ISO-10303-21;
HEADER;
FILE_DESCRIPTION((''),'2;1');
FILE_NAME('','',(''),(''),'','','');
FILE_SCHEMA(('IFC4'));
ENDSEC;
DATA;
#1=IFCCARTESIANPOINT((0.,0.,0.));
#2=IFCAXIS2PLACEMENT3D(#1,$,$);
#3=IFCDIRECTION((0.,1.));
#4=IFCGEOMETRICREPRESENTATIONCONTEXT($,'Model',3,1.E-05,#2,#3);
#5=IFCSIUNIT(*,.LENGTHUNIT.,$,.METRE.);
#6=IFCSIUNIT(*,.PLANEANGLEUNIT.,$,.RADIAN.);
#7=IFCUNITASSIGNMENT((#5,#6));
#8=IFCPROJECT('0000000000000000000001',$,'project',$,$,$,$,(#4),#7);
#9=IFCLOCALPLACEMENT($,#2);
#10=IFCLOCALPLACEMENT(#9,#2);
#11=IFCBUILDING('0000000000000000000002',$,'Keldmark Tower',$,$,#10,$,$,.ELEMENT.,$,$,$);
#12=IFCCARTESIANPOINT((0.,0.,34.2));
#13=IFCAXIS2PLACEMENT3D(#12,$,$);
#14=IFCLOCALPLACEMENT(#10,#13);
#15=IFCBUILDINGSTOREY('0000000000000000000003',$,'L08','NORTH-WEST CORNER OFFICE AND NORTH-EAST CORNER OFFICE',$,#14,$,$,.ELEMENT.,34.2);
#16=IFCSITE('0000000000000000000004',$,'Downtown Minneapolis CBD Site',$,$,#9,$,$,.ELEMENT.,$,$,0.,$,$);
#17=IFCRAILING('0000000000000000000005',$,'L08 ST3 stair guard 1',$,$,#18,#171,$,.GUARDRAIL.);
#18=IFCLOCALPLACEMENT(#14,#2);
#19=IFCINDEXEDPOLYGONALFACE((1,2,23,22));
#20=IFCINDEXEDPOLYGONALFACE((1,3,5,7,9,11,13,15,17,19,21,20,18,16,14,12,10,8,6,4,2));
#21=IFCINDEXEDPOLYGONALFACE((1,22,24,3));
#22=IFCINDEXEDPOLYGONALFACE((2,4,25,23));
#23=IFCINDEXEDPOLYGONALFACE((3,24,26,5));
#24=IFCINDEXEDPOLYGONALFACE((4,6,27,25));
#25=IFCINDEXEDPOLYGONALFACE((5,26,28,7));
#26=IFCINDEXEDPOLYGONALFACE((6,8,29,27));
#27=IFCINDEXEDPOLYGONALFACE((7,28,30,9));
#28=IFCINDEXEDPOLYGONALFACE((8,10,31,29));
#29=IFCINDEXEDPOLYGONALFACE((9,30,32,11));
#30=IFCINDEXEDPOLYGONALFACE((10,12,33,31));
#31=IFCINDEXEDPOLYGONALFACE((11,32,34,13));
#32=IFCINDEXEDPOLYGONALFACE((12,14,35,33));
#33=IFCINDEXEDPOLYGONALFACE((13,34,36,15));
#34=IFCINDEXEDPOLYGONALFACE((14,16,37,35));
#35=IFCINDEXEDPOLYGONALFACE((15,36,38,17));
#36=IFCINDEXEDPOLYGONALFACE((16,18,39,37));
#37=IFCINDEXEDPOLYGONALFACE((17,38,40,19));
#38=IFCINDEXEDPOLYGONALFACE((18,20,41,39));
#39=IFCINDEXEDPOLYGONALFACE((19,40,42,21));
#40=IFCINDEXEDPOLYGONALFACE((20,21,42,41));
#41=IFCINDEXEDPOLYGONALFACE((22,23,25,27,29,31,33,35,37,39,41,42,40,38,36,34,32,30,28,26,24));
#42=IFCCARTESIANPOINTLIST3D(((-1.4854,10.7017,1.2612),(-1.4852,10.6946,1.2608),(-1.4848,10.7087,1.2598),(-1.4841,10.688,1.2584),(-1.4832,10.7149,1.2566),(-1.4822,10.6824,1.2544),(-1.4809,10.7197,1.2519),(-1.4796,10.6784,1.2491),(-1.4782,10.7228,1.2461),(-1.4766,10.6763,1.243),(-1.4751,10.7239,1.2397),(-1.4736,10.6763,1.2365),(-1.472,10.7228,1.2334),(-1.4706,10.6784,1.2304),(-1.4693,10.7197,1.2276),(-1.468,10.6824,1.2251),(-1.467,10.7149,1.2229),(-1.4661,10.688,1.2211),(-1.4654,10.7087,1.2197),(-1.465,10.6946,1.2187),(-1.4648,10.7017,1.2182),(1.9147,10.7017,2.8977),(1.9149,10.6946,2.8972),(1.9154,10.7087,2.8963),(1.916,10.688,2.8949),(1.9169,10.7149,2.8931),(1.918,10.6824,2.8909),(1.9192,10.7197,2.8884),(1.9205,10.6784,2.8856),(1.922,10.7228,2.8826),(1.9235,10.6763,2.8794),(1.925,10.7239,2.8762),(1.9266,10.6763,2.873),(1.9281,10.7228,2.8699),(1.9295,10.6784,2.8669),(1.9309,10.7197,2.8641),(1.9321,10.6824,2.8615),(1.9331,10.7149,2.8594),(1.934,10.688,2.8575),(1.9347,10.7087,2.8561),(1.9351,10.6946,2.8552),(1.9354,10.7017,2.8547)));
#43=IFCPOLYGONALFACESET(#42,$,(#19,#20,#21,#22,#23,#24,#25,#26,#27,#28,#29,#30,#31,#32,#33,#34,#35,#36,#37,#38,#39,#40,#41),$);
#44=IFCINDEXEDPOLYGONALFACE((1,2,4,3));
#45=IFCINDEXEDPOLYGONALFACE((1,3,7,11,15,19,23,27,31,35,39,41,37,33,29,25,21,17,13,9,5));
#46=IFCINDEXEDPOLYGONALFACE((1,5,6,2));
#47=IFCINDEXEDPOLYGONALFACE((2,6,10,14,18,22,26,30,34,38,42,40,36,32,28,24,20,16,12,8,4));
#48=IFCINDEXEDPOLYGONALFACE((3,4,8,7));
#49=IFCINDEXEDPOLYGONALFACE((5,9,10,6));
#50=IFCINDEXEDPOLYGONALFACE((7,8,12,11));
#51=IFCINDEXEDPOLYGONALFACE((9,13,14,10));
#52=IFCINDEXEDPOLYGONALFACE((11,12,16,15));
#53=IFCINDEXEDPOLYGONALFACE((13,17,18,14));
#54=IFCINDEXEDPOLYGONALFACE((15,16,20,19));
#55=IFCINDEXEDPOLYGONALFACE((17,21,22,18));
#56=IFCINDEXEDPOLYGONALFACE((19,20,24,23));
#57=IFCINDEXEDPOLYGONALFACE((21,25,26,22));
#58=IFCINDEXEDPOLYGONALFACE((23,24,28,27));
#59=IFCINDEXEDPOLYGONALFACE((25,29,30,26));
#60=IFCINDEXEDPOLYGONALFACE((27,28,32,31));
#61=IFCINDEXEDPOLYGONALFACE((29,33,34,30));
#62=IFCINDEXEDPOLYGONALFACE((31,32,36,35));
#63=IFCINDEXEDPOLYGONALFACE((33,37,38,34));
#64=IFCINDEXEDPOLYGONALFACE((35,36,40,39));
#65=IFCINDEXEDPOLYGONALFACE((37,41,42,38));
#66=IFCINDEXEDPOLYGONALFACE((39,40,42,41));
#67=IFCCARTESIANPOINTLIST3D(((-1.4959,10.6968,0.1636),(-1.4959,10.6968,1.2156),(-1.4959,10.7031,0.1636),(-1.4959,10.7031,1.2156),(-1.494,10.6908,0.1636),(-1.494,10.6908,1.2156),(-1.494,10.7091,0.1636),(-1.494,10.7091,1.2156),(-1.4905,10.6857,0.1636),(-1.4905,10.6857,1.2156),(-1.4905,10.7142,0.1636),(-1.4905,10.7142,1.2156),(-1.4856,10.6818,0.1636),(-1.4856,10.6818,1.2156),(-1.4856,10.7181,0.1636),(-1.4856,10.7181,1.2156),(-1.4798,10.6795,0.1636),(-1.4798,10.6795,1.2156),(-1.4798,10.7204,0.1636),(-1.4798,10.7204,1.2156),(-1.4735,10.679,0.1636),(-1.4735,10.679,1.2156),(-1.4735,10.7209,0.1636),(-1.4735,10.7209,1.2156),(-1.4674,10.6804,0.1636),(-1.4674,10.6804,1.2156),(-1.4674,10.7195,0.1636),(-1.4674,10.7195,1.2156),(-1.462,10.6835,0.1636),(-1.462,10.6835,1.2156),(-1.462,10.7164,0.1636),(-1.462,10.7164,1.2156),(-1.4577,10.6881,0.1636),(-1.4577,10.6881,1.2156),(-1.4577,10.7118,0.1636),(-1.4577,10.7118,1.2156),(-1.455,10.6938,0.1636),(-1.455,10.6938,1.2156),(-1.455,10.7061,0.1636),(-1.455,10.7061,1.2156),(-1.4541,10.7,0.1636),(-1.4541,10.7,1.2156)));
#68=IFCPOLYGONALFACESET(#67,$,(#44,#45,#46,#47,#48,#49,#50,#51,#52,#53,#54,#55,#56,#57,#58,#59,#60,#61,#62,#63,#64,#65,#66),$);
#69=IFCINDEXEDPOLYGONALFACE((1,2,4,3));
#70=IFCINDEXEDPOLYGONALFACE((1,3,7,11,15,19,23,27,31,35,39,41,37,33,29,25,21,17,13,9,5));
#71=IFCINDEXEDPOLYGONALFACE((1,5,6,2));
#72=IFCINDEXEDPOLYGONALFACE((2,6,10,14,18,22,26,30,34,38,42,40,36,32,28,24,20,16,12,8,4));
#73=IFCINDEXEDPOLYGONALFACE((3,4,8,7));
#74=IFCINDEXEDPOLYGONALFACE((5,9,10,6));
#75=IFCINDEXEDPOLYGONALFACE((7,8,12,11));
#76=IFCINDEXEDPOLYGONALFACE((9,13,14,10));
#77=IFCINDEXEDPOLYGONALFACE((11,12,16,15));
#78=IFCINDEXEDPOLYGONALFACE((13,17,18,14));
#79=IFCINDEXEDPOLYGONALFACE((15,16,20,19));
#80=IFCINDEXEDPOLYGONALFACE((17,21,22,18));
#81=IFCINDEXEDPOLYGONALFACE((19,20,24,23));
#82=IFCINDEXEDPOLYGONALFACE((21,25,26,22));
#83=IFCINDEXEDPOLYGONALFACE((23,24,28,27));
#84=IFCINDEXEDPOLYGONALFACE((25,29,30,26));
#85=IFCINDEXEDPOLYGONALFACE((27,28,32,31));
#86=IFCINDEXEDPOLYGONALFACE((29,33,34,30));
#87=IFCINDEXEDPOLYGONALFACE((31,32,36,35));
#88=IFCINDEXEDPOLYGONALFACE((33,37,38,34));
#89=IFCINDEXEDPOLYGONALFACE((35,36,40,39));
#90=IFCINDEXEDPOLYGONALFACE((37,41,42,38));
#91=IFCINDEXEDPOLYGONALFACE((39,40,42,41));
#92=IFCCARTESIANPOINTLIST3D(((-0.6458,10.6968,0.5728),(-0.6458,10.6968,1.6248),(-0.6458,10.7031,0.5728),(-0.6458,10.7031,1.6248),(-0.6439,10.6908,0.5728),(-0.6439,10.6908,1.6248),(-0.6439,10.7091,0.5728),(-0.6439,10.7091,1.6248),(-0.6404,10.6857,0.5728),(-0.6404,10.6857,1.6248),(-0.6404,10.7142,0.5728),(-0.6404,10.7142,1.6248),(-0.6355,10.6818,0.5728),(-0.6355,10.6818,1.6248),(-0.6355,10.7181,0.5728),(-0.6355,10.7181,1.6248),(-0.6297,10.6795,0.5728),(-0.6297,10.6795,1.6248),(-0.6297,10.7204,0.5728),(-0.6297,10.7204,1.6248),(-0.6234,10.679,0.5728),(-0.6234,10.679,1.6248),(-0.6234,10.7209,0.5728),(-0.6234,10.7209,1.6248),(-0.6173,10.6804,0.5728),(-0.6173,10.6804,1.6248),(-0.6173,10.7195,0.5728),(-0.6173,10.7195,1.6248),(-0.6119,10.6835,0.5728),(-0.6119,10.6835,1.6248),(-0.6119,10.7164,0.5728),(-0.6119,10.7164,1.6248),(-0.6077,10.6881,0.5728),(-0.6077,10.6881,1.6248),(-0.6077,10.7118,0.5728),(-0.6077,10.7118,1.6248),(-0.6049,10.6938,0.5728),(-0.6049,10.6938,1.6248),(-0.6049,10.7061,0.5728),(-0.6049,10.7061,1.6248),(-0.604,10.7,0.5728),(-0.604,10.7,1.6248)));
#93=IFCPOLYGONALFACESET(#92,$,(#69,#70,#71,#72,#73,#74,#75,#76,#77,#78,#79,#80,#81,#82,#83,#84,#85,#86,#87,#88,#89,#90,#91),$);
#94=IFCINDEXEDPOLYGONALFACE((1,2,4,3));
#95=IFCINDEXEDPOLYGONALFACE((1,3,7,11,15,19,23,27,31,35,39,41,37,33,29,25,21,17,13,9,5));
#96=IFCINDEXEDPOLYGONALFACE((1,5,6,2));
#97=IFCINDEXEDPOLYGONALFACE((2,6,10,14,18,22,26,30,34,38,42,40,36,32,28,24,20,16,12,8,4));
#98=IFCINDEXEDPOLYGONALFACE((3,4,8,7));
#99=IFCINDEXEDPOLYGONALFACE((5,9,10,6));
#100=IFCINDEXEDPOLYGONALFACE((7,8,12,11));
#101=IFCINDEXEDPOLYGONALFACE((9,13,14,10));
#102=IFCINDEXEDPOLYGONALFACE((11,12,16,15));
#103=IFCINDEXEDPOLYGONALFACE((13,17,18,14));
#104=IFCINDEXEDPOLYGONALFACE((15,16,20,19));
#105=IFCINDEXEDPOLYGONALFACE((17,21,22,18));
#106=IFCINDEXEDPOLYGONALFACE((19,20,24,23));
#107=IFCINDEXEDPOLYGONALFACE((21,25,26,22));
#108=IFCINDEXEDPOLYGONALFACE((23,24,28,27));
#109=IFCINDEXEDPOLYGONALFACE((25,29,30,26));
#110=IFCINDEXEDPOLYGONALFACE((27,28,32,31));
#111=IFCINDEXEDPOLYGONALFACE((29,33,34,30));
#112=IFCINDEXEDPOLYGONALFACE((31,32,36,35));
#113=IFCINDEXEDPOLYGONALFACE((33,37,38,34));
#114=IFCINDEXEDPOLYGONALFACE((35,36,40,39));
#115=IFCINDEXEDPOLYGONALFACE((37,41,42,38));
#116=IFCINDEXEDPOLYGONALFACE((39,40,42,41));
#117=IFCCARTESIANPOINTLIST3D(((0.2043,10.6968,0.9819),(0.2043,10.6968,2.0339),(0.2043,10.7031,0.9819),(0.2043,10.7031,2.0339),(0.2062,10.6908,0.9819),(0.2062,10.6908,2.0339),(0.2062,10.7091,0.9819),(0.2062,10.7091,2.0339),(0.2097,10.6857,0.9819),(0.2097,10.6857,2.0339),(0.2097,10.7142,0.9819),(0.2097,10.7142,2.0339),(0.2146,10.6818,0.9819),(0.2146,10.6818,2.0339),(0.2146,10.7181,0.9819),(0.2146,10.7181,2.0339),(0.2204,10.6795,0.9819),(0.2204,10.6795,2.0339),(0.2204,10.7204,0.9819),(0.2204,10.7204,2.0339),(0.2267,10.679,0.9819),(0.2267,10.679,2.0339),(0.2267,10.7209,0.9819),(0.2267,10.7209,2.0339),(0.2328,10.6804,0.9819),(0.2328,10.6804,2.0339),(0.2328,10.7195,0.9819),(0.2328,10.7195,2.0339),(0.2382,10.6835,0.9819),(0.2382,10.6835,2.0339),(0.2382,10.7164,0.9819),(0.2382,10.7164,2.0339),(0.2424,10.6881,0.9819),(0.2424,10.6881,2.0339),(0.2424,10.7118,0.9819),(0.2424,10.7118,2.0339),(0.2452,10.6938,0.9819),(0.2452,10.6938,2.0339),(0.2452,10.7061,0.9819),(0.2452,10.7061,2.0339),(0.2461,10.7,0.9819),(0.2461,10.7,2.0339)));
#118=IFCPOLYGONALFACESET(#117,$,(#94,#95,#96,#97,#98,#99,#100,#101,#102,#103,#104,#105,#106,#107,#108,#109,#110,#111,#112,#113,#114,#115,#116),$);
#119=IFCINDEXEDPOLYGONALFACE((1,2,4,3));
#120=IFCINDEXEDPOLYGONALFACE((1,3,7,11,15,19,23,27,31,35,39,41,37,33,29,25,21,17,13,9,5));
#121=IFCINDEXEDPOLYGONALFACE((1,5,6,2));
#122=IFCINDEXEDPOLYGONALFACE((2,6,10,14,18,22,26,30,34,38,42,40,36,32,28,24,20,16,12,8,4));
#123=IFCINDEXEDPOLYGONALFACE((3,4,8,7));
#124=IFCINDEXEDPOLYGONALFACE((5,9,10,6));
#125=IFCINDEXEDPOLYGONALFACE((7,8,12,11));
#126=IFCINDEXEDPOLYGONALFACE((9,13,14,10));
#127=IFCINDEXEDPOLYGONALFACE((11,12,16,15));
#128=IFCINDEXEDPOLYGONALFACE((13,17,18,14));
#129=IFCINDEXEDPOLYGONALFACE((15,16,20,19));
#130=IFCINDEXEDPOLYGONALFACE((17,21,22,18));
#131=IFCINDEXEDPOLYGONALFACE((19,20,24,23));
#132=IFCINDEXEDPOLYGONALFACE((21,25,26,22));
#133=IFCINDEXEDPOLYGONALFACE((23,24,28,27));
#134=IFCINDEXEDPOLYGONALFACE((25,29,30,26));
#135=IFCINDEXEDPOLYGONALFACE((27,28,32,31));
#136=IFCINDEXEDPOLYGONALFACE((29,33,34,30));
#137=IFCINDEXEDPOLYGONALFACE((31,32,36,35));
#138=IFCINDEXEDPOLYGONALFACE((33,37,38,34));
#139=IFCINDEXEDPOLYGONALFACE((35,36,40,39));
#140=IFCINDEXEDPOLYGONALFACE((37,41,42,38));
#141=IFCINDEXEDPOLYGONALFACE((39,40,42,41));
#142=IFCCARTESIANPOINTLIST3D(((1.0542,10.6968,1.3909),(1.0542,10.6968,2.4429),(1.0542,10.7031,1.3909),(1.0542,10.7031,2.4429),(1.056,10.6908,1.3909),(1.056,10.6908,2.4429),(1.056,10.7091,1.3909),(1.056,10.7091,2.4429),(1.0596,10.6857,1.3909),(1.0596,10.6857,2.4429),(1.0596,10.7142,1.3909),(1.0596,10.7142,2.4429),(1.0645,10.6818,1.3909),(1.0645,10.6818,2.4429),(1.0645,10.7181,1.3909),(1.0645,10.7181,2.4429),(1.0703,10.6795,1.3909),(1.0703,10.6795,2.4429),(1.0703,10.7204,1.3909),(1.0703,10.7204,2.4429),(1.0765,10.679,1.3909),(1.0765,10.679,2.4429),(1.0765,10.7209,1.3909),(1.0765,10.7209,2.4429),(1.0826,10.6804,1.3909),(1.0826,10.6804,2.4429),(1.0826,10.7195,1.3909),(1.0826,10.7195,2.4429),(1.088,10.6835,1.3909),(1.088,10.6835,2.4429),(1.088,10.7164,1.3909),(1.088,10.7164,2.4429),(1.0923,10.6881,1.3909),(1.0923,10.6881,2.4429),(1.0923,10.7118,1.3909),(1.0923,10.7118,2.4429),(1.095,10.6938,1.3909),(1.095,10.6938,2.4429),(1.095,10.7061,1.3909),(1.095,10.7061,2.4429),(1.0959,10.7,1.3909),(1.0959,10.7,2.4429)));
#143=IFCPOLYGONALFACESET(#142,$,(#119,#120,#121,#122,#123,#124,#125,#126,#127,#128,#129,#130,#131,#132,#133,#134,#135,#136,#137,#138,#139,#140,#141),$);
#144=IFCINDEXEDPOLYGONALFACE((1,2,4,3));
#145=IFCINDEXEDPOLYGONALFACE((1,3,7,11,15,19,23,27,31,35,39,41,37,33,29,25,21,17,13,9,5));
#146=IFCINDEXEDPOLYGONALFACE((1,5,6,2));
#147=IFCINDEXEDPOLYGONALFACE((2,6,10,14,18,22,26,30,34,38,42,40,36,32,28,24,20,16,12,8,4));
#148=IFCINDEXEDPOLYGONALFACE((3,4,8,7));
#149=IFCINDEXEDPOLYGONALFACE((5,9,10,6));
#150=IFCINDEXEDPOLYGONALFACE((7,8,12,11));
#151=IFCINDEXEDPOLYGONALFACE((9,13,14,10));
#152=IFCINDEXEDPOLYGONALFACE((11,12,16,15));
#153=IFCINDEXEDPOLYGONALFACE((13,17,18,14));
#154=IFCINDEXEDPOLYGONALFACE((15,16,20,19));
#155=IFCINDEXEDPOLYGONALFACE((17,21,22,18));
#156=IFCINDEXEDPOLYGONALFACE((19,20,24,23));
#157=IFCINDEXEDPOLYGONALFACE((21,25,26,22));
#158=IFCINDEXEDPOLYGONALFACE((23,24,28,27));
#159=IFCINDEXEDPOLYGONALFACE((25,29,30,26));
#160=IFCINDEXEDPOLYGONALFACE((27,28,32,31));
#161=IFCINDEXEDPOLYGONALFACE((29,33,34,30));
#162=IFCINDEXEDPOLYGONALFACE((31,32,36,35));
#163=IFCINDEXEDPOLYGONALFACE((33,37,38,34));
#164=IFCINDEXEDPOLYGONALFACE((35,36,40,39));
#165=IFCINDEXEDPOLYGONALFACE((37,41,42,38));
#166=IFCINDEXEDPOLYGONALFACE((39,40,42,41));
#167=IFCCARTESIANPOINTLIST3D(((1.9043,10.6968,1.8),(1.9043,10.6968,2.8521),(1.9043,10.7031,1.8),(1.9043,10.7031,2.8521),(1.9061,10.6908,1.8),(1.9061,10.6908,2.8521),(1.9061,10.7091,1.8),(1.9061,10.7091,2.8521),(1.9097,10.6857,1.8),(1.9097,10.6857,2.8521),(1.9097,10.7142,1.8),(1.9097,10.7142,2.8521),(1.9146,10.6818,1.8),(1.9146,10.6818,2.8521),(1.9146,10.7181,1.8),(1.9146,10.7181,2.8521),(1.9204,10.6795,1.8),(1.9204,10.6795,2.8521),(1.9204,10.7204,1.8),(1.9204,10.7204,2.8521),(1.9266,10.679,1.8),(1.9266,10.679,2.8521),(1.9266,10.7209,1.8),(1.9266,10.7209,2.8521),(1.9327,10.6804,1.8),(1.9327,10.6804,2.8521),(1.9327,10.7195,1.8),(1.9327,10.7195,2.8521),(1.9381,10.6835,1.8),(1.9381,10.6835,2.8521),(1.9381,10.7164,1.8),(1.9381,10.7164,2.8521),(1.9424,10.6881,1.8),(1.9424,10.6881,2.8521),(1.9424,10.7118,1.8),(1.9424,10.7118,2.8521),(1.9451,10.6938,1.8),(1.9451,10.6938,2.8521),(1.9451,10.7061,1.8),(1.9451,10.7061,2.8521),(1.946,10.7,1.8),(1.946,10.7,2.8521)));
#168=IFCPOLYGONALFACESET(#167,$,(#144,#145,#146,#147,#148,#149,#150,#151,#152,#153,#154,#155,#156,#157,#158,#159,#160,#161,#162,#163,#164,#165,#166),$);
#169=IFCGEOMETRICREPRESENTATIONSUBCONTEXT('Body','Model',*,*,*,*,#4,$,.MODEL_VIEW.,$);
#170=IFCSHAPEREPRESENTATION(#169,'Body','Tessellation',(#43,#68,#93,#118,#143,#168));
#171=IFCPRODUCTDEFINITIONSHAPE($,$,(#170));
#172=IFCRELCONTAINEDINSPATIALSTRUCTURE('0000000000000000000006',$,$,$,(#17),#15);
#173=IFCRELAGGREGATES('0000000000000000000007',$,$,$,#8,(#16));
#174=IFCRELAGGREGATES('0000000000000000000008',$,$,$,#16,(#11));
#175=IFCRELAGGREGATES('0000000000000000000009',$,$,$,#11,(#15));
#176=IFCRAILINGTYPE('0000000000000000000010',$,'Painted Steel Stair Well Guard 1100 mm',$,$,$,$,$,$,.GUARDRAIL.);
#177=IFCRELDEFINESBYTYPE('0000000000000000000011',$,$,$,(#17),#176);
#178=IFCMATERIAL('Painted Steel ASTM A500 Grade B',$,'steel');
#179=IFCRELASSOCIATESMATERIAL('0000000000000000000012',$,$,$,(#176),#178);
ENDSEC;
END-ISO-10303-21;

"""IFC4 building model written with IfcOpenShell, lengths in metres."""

from ifc_helpers import new_model, si_unit, direction, frame, origin, origin_2d, place, context, subcontext, project, spatial, circle, extrude, material, type_object, element, save


model = new_model("IFC4")

# Units and contexts
model_context = context("Model", 3, precision=1e-05, world=origin(), true_north=direction((0.0, 1.0)))
body_context = subcontext(model_context, "Body", "Model", "MODEL_VIEW")
ifc_project = project(units=[si_unit("LENGTHUNIT", "METRE"), si_unit("PLANEANGLEUNIT", "RADIAN")], contexts=[model_context])

# Site, building, storey
site_placement = place(None, origin())
site = spatial("IfcSite", under=ifc_project, at=site_placement, Name="Downtown Minneapolis CBD Site", CompositionType="ELEMENT", RefElevation=0.0)
building_placement = place(site_placement, origin())
building = spatial("IfcBuilding", under=site, at=building_placement, Name="Keldmark Tower", CompositionType="ELEMENT")
storey_placement = place(building_placement, frame((0.0, 0.0, 34.2)))
storey = spatial("IfcBuildingStorey", under=building, at=storey_placement, Name="L08", Description="NORTH-WEST CORNER OFFICE AND NORTH-EAST CORNER OFFICE", CompositionType="ELEMENT", Elevation=34.2)

# Railing
ifc_material_1 = material(Name="Painted Steel ASTM A500 Grade B", Category="steel")
railing_type_1 = type_object("IfcRailingType", Name="Painted Steel Stair Well Guard 1100 mm", PredefinedType="GUARDRAIL", material=ifc_material_1)
railing_1_placement = place(storey_placement, frame((-1.4751, 10.7, 0.1636)))
element("IfcRailing", 1, at=railing_1_placement, inside=storey, type_object=railing_type_1, Name="L08 ST3 stair guard 1", PredefinedType="GUARDRAIL", context=body_context, shape_type="SweptSolid", body=[
    extrude(circle(Radius=0.0239, at=origin_2d()), frame((0.0, 0.0, 1.0762), z_axis=(0.901067, 0.0, 0.433679), x_axis=(0.0, 1.0, 0.0)), (0.0, 0.0, 1.0), 3.7734),
    extrude(circle(Radius=0.021, at=origin_2d()), origin(), (0.0, 0.0, 1.0), 1.052),
    extrude(circle(Radius=0.021, at=origin_2d()), frame((0.8501, 0.0, 0.4092)), (0.0, 0.0, 1.0), 1.052),
    extrude(circle(Radius=0.021, at=origin_2d()), frame((1.7002, 0.0, 0.8184)), (0.0, 0.0, 1.0), 1.052),
    extrude(circle(Radius=0.021, at=origin_2d()), frame((2.55, 0.0, 1.2273)), (0.0, 0.0, 1.0), 1.052),
    extrude(circle(Radius=0.021, at=origin_2d()), frame((3.4001, 0.0, 1.6365)), (0.0, 0.0, 1.0), 1.052),
])

save(model, "model.ifc")
